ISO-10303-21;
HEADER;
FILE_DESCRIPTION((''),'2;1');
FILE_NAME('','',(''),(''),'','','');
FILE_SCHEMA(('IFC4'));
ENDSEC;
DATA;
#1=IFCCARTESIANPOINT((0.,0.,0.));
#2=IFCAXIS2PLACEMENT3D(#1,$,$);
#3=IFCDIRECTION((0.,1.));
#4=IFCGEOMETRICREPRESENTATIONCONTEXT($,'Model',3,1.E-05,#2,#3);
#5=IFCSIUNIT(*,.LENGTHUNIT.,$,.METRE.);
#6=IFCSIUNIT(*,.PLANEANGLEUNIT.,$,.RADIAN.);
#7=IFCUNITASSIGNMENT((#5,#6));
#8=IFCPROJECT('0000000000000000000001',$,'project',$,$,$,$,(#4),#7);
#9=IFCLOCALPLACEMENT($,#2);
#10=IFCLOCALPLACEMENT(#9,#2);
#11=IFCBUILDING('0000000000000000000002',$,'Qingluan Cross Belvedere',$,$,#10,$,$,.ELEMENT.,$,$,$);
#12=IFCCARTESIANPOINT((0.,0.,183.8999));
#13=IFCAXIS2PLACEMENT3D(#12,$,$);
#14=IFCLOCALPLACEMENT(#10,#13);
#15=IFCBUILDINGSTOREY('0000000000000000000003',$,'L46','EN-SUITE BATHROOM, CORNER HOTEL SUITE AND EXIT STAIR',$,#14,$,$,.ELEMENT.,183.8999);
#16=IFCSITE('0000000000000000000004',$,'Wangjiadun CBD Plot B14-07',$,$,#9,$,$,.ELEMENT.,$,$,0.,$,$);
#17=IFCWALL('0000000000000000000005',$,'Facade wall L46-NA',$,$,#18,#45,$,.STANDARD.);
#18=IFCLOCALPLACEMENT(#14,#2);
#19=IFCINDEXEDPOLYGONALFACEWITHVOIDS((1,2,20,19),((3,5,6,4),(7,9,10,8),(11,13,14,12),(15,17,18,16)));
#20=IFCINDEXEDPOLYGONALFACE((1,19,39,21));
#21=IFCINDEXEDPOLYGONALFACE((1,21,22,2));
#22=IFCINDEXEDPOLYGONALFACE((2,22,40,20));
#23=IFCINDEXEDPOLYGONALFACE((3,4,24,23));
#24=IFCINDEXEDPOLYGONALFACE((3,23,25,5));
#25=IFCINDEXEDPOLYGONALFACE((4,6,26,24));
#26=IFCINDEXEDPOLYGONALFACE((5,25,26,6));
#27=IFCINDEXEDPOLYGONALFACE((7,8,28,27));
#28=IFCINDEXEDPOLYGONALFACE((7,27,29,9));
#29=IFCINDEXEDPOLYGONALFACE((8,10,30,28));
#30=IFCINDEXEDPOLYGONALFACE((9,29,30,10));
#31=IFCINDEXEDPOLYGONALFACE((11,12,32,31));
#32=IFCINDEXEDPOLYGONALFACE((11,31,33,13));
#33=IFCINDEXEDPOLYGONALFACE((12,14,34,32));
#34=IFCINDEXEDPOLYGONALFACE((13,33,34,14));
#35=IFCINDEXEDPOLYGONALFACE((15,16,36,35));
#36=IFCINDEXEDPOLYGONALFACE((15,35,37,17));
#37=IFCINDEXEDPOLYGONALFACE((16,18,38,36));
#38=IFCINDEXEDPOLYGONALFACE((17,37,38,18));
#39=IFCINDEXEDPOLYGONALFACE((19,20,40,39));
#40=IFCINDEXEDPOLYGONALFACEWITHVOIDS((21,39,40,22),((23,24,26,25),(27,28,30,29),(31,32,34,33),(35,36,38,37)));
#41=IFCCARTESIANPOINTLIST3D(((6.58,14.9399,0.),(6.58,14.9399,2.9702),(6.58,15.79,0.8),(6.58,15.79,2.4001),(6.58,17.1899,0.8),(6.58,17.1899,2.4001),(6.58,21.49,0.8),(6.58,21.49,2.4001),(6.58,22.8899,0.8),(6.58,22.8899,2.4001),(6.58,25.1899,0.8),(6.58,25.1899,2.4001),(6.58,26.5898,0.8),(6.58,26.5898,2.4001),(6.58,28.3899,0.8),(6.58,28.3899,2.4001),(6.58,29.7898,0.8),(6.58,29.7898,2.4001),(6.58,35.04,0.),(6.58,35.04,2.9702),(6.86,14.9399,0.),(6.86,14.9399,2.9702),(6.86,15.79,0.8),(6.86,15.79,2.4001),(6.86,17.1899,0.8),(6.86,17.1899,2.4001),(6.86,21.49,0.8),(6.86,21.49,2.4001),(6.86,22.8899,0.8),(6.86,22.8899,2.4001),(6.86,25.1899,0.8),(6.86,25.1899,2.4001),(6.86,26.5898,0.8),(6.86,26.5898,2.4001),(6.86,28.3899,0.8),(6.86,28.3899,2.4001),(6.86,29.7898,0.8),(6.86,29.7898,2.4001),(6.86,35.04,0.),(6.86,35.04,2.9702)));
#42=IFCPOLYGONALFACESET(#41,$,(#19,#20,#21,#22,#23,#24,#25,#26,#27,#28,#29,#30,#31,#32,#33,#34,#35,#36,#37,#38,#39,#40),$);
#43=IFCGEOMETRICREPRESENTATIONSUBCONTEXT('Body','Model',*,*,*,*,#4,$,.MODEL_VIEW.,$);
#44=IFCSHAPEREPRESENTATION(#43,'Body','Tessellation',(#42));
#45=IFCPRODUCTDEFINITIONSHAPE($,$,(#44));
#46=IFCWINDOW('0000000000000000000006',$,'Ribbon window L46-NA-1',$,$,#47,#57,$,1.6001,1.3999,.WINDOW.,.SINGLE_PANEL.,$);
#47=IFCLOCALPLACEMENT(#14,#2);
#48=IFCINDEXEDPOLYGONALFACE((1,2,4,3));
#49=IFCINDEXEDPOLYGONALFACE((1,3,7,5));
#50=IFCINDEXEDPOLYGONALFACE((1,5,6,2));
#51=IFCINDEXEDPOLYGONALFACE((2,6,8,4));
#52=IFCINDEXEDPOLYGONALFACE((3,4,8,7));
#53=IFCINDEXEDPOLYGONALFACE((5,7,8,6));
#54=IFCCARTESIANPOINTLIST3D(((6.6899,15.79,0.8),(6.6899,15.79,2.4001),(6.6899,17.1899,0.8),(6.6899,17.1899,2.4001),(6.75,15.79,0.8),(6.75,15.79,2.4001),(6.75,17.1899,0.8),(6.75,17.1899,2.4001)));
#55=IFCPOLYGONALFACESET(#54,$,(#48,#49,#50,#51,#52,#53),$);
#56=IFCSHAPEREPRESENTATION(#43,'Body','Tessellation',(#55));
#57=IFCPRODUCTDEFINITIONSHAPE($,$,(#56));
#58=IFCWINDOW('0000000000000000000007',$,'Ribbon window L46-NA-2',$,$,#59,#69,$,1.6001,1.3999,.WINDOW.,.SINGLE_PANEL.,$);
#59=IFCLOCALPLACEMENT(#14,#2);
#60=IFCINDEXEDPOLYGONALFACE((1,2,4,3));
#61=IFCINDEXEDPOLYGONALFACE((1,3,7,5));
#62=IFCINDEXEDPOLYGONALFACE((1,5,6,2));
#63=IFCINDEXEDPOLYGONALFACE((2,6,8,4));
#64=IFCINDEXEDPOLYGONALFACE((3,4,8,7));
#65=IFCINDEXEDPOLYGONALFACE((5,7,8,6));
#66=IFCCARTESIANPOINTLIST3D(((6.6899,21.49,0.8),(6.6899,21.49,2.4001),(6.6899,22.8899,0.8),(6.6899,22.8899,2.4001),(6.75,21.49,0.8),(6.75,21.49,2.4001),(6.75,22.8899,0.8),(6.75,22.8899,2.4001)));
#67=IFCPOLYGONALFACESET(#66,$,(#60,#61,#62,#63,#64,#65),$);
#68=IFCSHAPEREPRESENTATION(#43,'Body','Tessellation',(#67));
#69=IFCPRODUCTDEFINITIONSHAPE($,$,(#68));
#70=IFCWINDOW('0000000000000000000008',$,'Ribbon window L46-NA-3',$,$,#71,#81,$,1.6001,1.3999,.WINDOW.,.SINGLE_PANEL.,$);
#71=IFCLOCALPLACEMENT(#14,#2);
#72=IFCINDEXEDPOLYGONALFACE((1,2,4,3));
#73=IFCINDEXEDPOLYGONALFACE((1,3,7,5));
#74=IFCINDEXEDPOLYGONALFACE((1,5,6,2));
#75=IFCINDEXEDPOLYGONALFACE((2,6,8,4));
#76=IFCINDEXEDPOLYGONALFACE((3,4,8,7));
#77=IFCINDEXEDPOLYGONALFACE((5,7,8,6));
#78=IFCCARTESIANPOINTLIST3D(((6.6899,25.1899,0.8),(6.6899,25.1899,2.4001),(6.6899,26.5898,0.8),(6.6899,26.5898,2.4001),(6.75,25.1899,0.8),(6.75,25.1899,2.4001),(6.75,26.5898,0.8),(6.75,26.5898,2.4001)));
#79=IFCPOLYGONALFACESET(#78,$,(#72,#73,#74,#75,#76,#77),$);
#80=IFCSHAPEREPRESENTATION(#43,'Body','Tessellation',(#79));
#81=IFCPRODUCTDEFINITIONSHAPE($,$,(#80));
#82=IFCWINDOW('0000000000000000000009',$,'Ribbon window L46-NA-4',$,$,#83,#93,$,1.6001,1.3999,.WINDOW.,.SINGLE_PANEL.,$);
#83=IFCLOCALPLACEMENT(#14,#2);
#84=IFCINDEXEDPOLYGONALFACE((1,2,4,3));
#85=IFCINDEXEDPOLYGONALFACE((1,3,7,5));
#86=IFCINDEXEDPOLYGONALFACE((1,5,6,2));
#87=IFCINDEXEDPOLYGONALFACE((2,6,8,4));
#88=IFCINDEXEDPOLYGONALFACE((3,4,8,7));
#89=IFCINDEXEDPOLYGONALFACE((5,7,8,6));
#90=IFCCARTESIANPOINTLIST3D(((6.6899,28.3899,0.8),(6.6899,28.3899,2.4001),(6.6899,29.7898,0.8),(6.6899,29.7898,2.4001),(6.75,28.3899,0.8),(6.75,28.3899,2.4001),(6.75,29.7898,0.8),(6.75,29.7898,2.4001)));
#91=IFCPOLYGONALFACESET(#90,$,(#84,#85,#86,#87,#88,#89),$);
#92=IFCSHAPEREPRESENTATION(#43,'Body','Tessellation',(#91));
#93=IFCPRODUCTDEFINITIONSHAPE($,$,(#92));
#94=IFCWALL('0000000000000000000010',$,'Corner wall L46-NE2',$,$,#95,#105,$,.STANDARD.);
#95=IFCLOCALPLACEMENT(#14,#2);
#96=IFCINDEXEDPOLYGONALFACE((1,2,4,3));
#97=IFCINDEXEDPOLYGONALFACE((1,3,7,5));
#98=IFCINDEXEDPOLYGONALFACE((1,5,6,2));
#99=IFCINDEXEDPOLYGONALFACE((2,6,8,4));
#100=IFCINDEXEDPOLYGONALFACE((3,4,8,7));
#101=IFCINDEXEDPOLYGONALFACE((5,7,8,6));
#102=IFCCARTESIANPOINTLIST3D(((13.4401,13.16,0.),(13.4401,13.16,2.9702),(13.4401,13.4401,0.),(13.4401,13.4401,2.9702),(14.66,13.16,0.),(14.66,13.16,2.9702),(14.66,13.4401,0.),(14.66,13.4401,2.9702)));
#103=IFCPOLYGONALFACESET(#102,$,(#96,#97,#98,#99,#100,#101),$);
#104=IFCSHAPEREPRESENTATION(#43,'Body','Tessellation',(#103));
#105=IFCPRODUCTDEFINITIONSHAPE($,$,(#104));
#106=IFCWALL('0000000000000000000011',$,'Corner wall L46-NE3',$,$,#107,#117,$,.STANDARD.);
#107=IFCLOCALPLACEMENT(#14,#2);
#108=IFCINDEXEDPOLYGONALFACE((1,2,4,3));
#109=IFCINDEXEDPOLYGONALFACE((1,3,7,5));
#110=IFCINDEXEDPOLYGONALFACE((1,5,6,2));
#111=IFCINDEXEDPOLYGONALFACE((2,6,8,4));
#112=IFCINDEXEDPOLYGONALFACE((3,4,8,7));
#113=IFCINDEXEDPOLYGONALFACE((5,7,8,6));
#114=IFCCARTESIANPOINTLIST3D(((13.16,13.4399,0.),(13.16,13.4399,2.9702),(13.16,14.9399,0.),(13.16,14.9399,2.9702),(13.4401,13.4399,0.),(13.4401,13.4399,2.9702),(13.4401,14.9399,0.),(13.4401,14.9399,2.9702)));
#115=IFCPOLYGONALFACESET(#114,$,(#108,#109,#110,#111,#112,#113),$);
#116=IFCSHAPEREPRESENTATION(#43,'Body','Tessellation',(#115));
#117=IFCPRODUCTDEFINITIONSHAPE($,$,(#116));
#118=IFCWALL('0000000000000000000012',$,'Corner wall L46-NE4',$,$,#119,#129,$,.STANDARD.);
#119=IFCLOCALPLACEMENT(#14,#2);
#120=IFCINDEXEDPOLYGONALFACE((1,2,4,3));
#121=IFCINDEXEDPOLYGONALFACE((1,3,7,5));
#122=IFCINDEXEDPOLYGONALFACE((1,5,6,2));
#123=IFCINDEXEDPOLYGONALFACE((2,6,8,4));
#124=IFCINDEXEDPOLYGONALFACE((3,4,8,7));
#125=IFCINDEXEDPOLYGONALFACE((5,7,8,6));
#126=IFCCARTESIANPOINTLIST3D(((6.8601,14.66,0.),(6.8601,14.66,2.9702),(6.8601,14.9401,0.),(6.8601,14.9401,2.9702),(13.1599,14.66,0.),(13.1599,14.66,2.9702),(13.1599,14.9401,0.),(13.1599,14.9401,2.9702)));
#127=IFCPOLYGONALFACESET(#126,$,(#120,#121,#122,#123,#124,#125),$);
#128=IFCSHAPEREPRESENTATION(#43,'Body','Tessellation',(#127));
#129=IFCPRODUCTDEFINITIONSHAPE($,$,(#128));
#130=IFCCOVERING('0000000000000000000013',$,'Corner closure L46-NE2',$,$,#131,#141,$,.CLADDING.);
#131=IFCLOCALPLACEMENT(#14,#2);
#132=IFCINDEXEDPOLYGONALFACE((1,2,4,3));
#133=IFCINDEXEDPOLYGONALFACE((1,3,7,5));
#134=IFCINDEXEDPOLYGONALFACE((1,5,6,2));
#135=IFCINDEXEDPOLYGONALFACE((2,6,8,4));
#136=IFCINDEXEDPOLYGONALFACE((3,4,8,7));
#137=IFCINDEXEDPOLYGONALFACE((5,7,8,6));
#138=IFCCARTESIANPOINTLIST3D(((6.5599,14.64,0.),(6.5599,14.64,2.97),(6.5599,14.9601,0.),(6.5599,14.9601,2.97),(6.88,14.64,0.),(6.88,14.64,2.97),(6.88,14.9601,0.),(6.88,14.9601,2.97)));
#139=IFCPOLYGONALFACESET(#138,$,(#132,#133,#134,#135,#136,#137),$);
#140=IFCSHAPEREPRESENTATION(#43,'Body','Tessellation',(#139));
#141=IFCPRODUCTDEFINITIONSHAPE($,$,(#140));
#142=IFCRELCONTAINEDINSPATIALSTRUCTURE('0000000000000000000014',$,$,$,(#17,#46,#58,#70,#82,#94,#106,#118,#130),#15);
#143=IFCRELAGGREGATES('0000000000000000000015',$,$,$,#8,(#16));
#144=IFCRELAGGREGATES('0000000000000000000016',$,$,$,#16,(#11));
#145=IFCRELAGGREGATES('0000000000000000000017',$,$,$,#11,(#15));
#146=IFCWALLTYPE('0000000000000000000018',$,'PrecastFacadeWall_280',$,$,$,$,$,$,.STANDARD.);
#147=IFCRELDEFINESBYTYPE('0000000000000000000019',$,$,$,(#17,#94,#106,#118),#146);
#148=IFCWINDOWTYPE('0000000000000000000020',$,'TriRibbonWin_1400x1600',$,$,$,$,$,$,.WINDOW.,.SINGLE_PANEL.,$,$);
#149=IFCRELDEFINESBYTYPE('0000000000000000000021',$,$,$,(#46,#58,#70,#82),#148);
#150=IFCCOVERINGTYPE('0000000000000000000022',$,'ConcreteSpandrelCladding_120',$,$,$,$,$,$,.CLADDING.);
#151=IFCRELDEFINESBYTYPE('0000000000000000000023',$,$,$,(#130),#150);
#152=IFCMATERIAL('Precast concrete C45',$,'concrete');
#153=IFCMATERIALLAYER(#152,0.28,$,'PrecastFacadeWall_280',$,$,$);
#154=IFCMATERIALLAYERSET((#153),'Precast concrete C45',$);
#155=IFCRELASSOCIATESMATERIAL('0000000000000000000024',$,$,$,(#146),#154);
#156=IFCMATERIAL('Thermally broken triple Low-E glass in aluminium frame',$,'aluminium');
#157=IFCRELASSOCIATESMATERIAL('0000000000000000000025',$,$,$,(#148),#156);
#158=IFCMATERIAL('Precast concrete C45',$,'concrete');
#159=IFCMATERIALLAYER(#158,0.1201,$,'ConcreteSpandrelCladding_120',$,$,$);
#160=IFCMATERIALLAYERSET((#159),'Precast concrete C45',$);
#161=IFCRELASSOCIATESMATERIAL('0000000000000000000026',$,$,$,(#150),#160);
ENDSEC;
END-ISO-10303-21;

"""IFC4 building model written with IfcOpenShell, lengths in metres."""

from ifc_helpers import new_model, si_unit, direction, frame, frame_2d, origin, origin_2d, place, context, subcontext, project, spatial, rectangle, extrude, material, layer, layer_set, type_object, element, fill, save


model = new_model("IFC4")

# Units and contexts
model_context = context("Model", 3, precision=1e-05, world=origin(), true_north=direction((0.0, 1.0)))
body_context = subcontext(model_context, "Body", "Model", "MODEL_VIEW")
ifc_project = project(units=[si_unit("LENGTHUNIT", "METRE"), si_unit("PLANEANGLEUNIT", "RADIAN")], contexts=[model_context])

# Site, building, storey
site_placement = place(None, origin())
site = spatial("IfcSite", under=ifc_project, at=site_placement, Name="Wangjiadun CBD Plot B14-07", CompositionType="ELEMENT", RefElevation=0.0)
building_placement = place(site_placement, origin())
building = spatial("IfcBuilding", under=site, at=building_placement, Name="Qingluan Cross Belvedere", CompositionType="ELEMENT")
storey_placement = place(building_placement, frame((0.0, 0.0, 183.8999)))
storey = spatial("IfcBuildingStorey", under=building, at=storey_placement, Name="L46", Description="EN-SUITE BATHROOM, CORNER HOTEL SUITE AND EXIT STAIR", CompositionType="ELEMENT", Elevation=183.8999)

# Wall, openings, windows
ifc_material_1 = material(Name="Precast concrete C45", Category="concrete")
ifc_layer_1 = layer(ifc_material_1, 0.28, Name="PrecastFacadeWall_280")
ifc_layer_set_1 = layer_set([ifc_layer_1], Name="Precast concrete C45")
wall_type_1 = type_object("IfcWallType", Name="PrecastFacadeWall_280", PredefinedType="STANDARD", material=ifc_layer_set_1)
wall_1_placement = place(storey_placement, frame((6.72, 14.9399, 0.0), z_axis=(0.0, 0.0, 1.0), x_axis=(0.0, 1.0, 0.0)))
wall_1 = element("IfcWall", 1, at=wall_1_placement, inside=storey, type_object=wall_type_1, Name="Facade wall L46-NA", PredefinedType="STANDARD", context=body_context, shape_type="SweptSolid", body=[
    extrude(rectangle(XDim=20.1001, YDim=0.28, at=frame_2d((10.05, 0.0))), origin(), (0.0, 0.0, 1.0), 2.9702),
])
opening_1_placement = place(wall_1_placement, frame((0.8501, 0.0, 0.8)))
opening_1 = element("IfcOpeningElement", 2, at=opening_1_placement, cuts=wall_1, PredefinedType="OPENING", context=body_context, shape_type="SweptSolid", body=[
    extrude(rectangle(XDim=1.3999, YDim=1.6001, at=frame_2d((0.7, 0.8))), frame((0.0, 0.1499, 0.0), z_axis=(0.0, -1.0, 0.0), x_axis=(1.0, 0.0, 0.0)), (0.0, 0.0, 1.0), 0.3),
])
opening_2_placement = place(wall_1_placement, frame((6.55, 0.0, 0.8)))
opening_2 = element("IfcOpeningElement", 3, at=opening_2_placement, cuts=wall_1, PredefinedType="OPENING", context=body_context, shape_type="SweptSolid", body=[
    extrude(rectangle(XDim=1.3999, YDim=1.6001, at=frame_2d((0.7, 0.8))), frame((0.0, 0.1499, 0.0), z_axis=(0.0, -1.0, 0.0), x_axis=(1.0, 0.0, 0.0)), (0.0, 0.0, 1.0), 0.3),
])
opening_3_placement = place(wall_1_placement, frame((10.25, 0.0, 0.8)))
opening_3 = element("IfcOpeningElement", 4, at=opening_3_placement, cuts=wall_1, PredefinedType="OPENING", context=body_context, shape_type="SweptSolid", body=[
    extrude(rectangle(XDim=1.3999, YDim=1.6001, at=frame_2d((0.7, 0.8))), frame((0.0, 0.1499, 0.0), z_axis=(0.0, -1.0, 0.0), x_axis=(1.0, 0.0, 0.0)), (0.0, 0.0, 1.0), 0.3),
])
opening_4_placement = place(wall_1_placement, frame((13.45, 0.0, 0.8)))
opening_4 = element("IfcOpeningElement", 5, at=opening_4_placement, cuts=wall_1, PredefinedType="OPENING", context=body_context, shape_type="SweptSolid", body=[
    extrude(rectangle(XDim=1.3999, YDim=1.6001, at=frame_2d((0.7, 0.8))), frame((0.0, 0.1499, 0.0), z_axis=(0.0, -1.0, 0.0), x_axis=(1.0, 0.0, 0.0)), (0.0, 0.0, 1.0), 0.3),
])
ifc_material_2 = material(Name="Thermally broken triple Low-E glass in aluminium frame", Category="aluminium")
window_type = type_object("IfcWindowType", Name="TriRibbonWin_1400x1600", PartitioningType="SINGLE_PANEL", PredefinedType="WINDOW", material=ifc_material_2)
window_1_placement = place(opening_1_placement, origin())
window_1 = element("IfcWindow", 6, at=window_1_placement, inside=storey, type_object=window_type, Name="Ribbon window L46-NA-1", OverallHeight=1.6001, OverallWidth=1.3999, PartitioningType="SINGLE_PANEL", PredefinedType="WINDOW", context=body_context, shape_type="SweptSolid", body=[
    extrude(rectangle(XDim=1.3999, YDim=1.6001, at=frame_2d((0.7, 0.8))), frame((0.0, 0.03, 0.0), z_axis=(0.0, -1.0, 0.0), x_axis=(1.0, 0.0, 0.0)), (0.0, 0.0, 1.0), 0.0601),
])
fill(opening_1, window_1)
window_2_placement = place(opening_2_placement, origin())
window_2 = element("IfcWindow", 7, at=window_2_placement, inside=storey, type_object=window_type, Name="Ribbon window L46-NA-2", OverallHeight=1.6001, OverallWidth=1.3999, PartitioningType="SINGLE_PANEL", PredefinedType="WINDOW", context=body_context, shape_type="SweptSolid", body=[
    extrude(rectangle(XDim=1.3999, YDim=1.6001, at=frame_2d((0.7, 0.8))), frame((0.0, 0.03, 0.0), z_axis=(0.0, -1.0, 0.0), x_axis=(1.0, 0.0, 0.0)), (0.0, 0.0, 1.0), 0.0601),
])
fill(opening_2, window_2)
window_3_placement = place(opening_3_placement, origin())
window_3 = element("IfcWindow", 8, at=window_3_placement, inside=storey, type_object=window_type, Name="Ribbon window L46-NA-3", OverallHeight=1.6001, OverallWidth=1.3999, PartitioningType="SINGLE_PANEL", PredefinedType="WINDOW", context=body_context, shape_type="SweptSolid", body=[
    extrude(rectangle(XDim=1.3999, YDim=1.6001, at=frame_2d((0.7, 0.8))), frame((0.0, 0.03, 0.0), z_axis=(0.0, -1.0, 0.0), x_axis=(1.0, 0.0, 0.0)), (0.0, 0.0, 1.0), 0.0601),
])
fill(opening_3, window_3)
window_4_placement = place(opening_4_placement, origin())
window_4 = element("IfcWindow", 9, at=window_4_placement, inside=storey, type_object=window_type, Name="Ribbon window L46-NA-4", OverallHeight=1.6001, OverallWidth=1.3999, PartitioningType="SINGLE_PANEL", PredefinedType="WINDOW", context=body_context, shape_type="SweptSolid", body=[
    extrude(rectangle(XDim=1.3999, YDim=1.6001, at=frame_2d((0.7, 0.8))), frame((0.0, 0.03, 0.0), z_axis=(0.0, -1.0, 0.0), x_axis=(1.0, 0.0, 0.0)), (0.0, 0.0, 1.0), 0.0601),
])
fill(opening_4, window_4)

# Walls
wall_2_placement = place(storey_placement, frame((14.6599, 13.3, 0.0), z_axis=(0.0, 0.0, 1.0), x_axis=(-1.0, 0.0, 0.0)))
element("IfcWall", 10, at=wall_2_placement, inside=storey, type_object=wall_type_1, Name="Corner wall L46-NE2", PredefinedType="STANDARD", context=body_context, shape_type="SweptSolid", body=[
    extrude(rectangle(XDim=1.22, YDim=0.28, at=frame_2d((0.6099, 0.0))), origin(), (0.0, 0.0, 1.0), 2.9702),
])
wall_3_placement = place(storey_placement, frame((13.3, 13.4399, 0.0), z_axis=(0.0, 0.0, 1.0), x_axis=(0.0, 1.0, 0.0)))
element("IfcWall", 11, at=wall_3_placement, inside=storey, type_object=wall_type_1, Name="Corner wall L46-NE3", PredefinedType="STANDARD", context=body_context, shape_type="SweptSolid", body=[
    extrude(rectangle(XDim=1.5, YDim=0.28, at=frame_2d((0.75, 0.0))), origin(), (0.0, 0.0, 1.0), 2.9702),
])
wall_4_placement = place(storey_placement, frame((13.1599, 14.8, 0.0), z_axis=(0.0, 0.0, 1.0), x_axis=(-1.0, 0.0, 0.0)))
element("IfcWall", 12, at=wall_4_placement, inside=storey, type_object=wall_type_1, Name="Corner wall L46-NE4", PredefinedType="STANDARD", context=body_context, shape_type="SweptSolid", body=[
    extrude(rectangle(XDim=6.2998, YDim=0.28, at=frame_2d((3.1499, 0.0))), origin(), (0.0, 0.0, 1.0), 2.9702),
])

# Covering
ifc_material_3 = material(Name="Precast concrete C45", Category="concrete")
ifc_layer_2 = layer(ifc_material_3, 0.1201, Name="ConcreteSpandrelCladding_120")
ifc_layer_set_2 = layer_set([ifc_layer_2], Name="Precast concrete C45")
covering_type = type_object("IfcCoveringType", Name="ConcreteSpandrelCladding_120", PredefinedType="CLADDING", material=ifc_layer_set_2)
covering_placement = place(storey_placement, frame((6.72, 14.8, 0.0), z_axis=(0.0, 0.0, 1.0), x_axis=(1.0, 0.0, 0.0)))
element("IfcCovering", 13, at=covering_placement, inside=storey, type_object=covering_type, Name="Corner closure L46-NE2", PredefinedType="CLADDING", context=body_context, shape_type="SweptSolid", body=[
    extrude(rectangle(XDim=0.3201, YDim=0.3201, at=origin_2d()), origin(), (0.0, 0.0, 1.0), 2.97),
])

save(model, "model.ifc")
